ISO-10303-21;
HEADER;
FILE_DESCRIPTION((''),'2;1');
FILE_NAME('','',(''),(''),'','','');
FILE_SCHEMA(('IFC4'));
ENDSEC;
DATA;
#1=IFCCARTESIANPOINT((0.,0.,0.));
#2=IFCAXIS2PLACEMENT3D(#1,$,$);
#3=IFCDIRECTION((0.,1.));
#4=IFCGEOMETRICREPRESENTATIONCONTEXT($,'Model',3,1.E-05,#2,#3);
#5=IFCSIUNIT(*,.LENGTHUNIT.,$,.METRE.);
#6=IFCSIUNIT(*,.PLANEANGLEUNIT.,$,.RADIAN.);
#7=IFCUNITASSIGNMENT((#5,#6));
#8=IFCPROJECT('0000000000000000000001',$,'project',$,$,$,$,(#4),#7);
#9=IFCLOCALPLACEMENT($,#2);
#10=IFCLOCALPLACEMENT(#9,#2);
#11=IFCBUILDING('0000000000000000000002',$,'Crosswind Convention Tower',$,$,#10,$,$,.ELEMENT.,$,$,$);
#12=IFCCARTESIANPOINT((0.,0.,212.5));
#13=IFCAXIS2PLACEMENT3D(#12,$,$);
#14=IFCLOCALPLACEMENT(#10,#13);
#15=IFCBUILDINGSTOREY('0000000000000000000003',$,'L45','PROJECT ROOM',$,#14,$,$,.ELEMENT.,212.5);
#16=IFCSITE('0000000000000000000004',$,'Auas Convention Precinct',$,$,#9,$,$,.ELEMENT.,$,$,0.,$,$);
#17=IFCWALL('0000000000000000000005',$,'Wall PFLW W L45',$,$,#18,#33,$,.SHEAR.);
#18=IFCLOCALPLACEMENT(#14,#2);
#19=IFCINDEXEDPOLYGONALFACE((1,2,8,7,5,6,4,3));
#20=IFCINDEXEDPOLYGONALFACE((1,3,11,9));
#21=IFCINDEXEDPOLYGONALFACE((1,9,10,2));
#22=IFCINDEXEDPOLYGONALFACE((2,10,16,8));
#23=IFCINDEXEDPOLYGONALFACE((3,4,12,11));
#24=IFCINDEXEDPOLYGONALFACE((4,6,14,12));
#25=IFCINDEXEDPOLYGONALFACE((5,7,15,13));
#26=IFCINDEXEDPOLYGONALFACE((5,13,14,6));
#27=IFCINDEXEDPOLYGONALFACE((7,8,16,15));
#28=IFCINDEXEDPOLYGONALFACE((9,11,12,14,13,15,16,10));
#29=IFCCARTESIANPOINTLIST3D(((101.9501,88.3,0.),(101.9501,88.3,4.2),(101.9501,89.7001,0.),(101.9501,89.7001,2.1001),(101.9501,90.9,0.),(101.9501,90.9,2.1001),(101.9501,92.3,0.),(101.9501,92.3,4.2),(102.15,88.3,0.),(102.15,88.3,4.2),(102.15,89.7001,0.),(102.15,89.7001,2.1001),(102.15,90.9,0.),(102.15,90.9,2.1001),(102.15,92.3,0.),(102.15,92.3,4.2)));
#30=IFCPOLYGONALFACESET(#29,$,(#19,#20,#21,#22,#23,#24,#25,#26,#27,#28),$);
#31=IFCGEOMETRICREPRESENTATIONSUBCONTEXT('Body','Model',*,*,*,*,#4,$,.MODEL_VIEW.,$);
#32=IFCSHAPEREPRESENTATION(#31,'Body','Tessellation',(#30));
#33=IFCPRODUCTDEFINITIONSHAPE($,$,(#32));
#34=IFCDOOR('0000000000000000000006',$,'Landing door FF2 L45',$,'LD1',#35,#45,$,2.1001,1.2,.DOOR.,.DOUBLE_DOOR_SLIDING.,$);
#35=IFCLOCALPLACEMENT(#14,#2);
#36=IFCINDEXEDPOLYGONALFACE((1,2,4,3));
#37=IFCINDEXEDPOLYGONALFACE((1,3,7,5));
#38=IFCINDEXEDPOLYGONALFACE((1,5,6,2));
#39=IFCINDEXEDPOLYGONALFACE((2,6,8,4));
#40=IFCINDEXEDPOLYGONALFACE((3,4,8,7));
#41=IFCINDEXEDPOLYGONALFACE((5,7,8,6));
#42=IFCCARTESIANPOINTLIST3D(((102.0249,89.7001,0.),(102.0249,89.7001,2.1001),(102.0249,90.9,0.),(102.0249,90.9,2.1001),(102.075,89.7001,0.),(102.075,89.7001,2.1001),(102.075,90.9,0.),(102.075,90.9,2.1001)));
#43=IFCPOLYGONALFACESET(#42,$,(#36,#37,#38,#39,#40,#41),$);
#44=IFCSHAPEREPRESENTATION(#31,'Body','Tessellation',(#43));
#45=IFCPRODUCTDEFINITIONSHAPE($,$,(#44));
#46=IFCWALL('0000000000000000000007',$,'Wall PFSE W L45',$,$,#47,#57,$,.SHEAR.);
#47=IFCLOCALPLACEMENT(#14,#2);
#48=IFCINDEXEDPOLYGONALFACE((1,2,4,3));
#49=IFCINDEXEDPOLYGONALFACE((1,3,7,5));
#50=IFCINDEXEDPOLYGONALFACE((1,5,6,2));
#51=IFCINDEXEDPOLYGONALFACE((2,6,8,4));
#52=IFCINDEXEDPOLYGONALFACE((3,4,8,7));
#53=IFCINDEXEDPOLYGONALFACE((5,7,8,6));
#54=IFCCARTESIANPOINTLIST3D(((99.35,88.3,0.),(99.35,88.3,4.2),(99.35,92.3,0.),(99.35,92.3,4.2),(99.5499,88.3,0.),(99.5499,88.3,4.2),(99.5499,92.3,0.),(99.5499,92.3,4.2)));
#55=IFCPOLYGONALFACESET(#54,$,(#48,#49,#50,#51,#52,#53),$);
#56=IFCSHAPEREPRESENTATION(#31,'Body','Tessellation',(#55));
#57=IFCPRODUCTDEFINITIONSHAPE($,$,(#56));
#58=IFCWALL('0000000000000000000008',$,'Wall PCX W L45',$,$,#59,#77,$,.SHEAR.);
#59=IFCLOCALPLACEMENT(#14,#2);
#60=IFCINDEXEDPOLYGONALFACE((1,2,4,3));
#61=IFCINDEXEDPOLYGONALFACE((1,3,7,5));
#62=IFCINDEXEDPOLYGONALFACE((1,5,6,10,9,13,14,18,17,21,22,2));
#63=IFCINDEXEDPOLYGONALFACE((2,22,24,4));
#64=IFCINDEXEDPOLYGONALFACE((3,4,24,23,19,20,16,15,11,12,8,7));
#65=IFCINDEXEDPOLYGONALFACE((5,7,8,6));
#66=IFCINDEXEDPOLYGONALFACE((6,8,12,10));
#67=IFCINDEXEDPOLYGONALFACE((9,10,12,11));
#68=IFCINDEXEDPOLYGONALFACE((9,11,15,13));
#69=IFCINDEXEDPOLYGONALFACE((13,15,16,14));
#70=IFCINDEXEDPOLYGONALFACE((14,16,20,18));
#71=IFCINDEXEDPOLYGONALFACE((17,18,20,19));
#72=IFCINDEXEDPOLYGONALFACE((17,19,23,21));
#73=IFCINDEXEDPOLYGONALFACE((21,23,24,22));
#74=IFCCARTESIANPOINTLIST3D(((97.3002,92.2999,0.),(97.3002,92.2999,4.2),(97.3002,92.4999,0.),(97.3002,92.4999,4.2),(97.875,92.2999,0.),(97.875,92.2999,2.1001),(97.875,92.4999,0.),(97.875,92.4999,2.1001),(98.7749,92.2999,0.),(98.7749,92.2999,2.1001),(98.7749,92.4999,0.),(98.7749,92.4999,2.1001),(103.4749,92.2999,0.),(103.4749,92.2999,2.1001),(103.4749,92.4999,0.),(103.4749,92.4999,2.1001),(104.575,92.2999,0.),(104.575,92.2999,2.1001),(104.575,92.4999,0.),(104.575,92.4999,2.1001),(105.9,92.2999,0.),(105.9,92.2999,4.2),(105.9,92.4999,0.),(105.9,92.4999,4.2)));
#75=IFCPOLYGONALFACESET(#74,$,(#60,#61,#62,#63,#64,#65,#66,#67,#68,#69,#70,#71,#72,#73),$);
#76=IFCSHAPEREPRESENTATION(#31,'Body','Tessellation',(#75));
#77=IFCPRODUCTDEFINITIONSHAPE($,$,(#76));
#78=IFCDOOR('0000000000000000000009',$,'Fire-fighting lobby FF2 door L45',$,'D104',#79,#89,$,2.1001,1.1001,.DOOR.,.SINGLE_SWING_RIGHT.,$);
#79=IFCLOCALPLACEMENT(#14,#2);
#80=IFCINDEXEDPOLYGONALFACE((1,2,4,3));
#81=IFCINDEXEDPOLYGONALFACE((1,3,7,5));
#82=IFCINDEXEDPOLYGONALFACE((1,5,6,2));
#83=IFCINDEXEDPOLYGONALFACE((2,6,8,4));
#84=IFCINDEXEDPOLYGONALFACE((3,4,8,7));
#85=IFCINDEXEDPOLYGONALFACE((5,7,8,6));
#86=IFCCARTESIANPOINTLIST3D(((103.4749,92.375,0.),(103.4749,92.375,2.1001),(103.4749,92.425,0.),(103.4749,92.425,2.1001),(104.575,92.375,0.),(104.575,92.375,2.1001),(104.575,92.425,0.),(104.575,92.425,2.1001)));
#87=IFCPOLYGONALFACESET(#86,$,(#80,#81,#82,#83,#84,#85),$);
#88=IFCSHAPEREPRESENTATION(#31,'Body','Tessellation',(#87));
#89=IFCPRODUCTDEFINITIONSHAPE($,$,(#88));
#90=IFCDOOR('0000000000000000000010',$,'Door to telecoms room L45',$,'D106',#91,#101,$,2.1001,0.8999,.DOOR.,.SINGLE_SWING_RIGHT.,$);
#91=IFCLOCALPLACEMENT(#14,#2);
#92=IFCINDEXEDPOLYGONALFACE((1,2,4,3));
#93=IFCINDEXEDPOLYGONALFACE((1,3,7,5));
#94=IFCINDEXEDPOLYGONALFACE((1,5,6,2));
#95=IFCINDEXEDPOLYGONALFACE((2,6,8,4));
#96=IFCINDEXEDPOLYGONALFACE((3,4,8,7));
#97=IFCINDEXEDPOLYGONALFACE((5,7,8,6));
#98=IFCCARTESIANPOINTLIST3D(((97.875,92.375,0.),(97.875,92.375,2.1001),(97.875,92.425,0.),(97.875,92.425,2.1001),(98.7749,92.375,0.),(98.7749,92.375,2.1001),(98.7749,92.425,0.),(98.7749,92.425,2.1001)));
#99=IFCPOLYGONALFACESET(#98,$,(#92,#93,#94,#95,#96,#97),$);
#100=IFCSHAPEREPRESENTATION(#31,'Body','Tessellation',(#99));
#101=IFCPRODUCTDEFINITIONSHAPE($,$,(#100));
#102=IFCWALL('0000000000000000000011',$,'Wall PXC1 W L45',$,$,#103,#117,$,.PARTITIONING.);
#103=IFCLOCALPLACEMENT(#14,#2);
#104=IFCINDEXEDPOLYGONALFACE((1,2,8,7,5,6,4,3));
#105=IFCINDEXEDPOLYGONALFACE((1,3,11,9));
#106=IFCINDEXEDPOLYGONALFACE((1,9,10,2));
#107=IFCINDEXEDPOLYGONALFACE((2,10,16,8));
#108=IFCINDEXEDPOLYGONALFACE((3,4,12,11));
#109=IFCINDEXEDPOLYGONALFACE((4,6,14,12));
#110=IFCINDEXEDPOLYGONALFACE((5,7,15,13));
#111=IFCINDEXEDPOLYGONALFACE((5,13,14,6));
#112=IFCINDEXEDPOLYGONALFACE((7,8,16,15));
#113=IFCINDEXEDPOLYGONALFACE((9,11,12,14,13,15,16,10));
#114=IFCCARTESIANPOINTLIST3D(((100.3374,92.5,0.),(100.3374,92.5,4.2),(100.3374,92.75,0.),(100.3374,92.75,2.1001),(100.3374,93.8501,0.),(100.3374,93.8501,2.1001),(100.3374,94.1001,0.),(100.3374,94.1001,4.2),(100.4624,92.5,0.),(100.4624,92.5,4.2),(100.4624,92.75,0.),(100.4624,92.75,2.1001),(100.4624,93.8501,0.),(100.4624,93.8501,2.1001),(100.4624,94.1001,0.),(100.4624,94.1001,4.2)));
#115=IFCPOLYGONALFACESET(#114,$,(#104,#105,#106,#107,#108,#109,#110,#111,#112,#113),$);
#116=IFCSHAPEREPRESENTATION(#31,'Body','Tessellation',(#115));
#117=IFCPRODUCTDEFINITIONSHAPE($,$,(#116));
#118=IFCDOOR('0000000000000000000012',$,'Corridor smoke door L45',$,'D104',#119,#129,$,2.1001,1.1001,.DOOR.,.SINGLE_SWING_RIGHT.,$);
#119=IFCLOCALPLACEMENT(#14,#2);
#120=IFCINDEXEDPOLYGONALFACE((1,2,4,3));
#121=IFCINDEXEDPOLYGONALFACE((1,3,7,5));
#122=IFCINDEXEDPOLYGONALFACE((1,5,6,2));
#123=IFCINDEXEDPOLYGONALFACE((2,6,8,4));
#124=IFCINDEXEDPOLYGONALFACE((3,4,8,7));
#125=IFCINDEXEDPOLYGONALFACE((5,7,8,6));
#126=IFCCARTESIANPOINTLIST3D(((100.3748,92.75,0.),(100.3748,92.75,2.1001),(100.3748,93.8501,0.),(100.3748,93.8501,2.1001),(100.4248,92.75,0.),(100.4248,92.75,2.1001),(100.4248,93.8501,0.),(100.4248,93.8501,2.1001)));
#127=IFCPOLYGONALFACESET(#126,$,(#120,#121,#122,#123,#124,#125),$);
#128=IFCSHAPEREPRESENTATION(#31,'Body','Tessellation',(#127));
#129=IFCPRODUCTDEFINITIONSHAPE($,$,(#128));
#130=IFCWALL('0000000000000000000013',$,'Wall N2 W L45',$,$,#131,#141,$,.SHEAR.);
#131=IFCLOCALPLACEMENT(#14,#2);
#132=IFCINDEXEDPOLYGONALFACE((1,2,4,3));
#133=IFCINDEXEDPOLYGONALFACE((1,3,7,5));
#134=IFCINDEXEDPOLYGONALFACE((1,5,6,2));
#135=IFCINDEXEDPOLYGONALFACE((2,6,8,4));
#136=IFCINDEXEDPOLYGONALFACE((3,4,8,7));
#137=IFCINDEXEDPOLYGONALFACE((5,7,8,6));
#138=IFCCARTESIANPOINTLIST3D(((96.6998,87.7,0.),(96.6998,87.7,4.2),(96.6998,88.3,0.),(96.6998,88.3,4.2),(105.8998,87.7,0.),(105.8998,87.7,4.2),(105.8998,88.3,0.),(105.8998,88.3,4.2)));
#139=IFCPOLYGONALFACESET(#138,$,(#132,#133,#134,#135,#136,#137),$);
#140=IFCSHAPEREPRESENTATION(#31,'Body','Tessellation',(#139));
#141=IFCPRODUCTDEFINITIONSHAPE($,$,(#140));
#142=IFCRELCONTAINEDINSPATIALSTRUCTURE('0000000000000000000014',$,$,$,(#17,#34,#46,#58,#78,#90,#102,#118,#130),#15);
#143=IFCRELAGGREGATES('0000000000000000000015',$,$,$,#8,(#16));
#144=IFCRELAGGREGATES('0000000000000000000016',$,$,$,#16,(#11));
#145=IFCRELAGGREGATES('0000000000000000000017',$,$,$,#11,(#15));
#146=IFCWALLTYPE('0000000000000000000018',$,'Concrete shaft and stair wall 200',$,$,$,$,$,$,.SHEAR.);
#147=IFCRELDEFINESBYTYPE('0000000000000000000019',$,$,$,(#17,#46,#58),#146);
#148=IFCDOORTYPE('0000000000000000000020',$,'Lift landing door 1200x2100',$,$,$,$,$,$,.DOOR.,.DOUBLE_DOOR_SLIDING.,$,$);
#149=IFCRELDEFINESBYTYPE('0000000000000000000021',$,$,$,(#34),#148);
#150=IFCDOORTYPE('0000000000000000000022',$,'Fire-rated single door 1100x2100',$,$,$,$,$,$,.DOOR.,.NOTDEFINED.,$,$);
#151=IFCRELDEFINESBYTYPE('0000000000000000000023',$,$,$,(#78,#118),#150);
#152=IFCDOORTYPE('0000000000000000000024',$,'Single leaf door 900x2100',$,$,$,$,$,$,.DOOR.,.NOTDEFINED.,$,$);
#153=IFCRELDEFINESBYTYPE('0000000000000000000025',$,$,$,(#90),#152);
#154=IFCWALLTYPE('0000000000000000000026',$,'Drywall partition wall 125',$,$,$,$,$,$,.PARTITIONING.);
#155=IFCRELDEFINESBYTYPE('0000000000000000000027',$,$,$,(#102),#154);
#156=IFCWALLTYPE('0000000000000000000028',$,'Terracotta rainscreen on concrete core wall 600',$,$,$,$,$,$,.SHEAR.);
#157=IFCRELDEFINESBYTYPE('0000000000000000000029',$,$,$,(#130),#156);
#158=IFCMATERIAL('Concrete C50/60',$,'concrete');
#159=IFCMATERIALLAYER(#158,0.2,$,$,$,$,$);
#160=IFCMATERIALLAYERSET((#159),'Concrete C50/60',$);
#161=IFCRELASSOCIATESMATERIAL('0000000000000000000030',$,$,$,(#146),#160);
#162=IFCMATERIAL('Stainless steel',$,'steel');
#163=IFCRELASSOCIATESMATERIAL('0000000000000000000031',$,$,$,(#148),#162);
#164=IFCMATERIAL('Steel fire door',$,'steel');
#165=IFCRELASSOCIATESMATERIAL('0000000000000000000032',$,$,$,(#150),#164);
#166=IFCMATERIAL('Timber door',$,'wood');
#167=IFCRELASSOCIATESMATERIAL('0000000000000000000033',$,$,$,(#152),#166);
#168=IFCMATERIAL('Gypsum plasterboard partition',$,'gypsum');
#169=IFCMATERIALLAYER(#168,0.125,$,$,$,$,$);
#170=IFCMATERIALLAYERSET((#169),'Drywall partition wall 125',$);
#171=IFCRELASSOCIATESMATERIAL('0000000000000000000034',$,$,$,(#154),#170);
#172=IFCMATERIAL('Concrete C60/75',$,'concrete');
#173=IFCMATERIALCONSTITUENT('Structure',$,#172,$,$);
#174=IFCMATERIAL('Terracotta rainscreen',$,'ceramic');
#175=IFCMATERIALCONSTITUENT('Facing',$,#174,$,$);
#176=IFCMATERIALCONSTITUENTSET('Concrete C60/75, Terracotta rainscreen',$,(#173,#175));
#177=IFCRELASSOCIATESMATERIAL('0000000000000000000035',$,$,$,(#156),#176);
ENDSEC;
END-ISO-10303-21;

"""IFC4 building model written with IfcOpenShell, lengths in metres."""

from ifc_helpers import new_model, si_unit, direction, frame, frame_2d, origin, place, context, subcontext, project, spatial, rectangle, extrude, material, layer, layer_set, constituent, constituent_set, type_object, element, fill, save


model = new_model("IFC4")

# Units and contexts
model_context = context("Model", 3, precision=1e-05, world=origin(), true_north=direction((0.0, 1.0)))
body_context = subcontext(model_context, "Body", "Model", "MODEL_VIEW")
ifc_project = project(units=[si_unit("LENGTHUNIT", "METRE"), si_unit("PLANEANGLEUNIT", "RADIAN")], contexts=[model_context])

# Site, building, storey
site_placement = place(None, origin())
site = spatial("IfcSite", under=ifc_project, at=site_placement, Name="Auas Convention Precinct", CompositionType="ELEMENT", RefElevation=0.0)
building_placement = place(site_placement, origin())
building = spatial("IfcBuilding", under=site, at=building_placement, Name="Crosswind Convention Tower", CompositionType="ELEMENT")
storey_placement = place(building_placement, frame((0.0, 0.0, 212.5)))
storey = spatial("IfcBuildingStorey", under=building, at=storey_placement, Name="L45", Description="PROJECT ROOM", CompositionType="ELEMENT", Elevation=212.5)

# Shared definitions
ifc_material_1 = material(Name="Concrete C50/60", Category="concrete")
ifc_layer_1 = layer(ifc_material_1, 0.2)
ifc_layer_set_1 = layer_set([ifc_layer_1], Name="Concrete C50/60")
wall_type_1 = type_object("IfcWallType", Name="Concrete shaft and stair wall 200", PredefinedType="SHEAR", material=ifc_layer_set_1)

# Wall, opening, door
wall_1_placement = place(storey_placement, frame((102.05, 92.3, 0.0), z_axis=(0.0, 0.0, 1.0), x_axis=(0.0, -1.0, 0.0)))
wall_1 = element("IfcWall", 1, at=wall_1_placement, inside=storey, type_object=wall_type_1, Name="Wall PFLW W L45", PredefinedType="SHEAR", context=body_context, shape_type="SweptSolid", body=[
    extrude(rectangle(XDim=4.0, YDim=0.2, at=frame_2d((2.0, 0.0))), origin(), (0.0, 0.0, 1.0), 4.2),
])
opening_1_placement = place(wall_1_placement, frame((1.3999, 0.0, 0.0)))
opening_1 = element("IfcOpeningElement", 2, at=opening_1_placement, cuts=wall_1, PredefinedType="OPENING", context=body_context, shape_type="SweptSolid", body=[
    extrude(rectangle(XDim=1.2, YDim=2.1001, at=frame_2d((0.6001, 1.05))), frame((0.0, 0.1099, 0.0), z_axis=(0.0, -1.0, 0.0), x_axis=(1.0, 0.0, 0.0)), (0.0, 0.0, 1.0), 0.22),
])
ifc_material_2 = material(Name="Stainless steel", Category="steel")
door_type_1 = type_object("IfcDoorType", Name="Lift landing door 1200x2100", OperationType="DOUBLE_DOOR_SLIDING", PredefinedType="DOOR", material=ifc_material_2)
door_1_placement = place(opening_1_placement, origin())
door_1 = element("IfcDoor", 3, at=door_1_placement, inside=storey, type_object=door_type_1, Name="Landing door FF2 L45", ObjectType="LD1", OperationType="DOUBLE_DOOR_SLIDING", OverallHeight=2.1001, OverallWidth=1.2, PredefinedType="DOOR", context=body_context, shape_type="SweptSolid", body=[
    extrude(rectangle(XDim=1.2, YDim=2.1001, at=frame_2d((0.6001, 1.05))), frame((0.0, 0.0249, 0.0), z_axis=(0.0, -1.0, 0.0), x_axis=(1.0, 0.0, 0.0)), (0.0, 0.0, 1.0), 0.05),
])
fill(opening_1, door_1)

# Wall
wall_2_placement = place(storey_placement, frame((99.45, 92.3, 0.0), z_axis=(0.0, 0.0, 1.0), x_axis=(0.0, -1.0, 0.0)))
element("IfcWall", 4, at=wall_2_placement, inside=storey, type_object=wall_type_1, Name="Wall PFSE W L45", PredefinedType="SHEAR", context=body_context, shape_type="SweptSolid", body=[
    extrude(rectangle(XDim=4.0, YDim=0.2, at=frame_2d((2.0, 0.0))), origin(), (0.0, 0.0, 1.0), 4.2),
])

# Wall, openings, doors
wall_3_placement = place(storey_placement, frame((105.8999, 92.3999, 0.0), z_axis=(0.0, 0.0, 1.0), x_axis=(-1.0, 0.0, 0.0)))
wall_3 = element("IfcWall", 5, at=wall_3_placement, inside=storey, type_object=wall_type_1, Name="Wall PCX W L45", PredefinedType="SHEAR", context=body_context, shape_type="SweptSolid", body=[
    extrude(rectangle(XDim=8.5999, YDim=0.2, at=frame_2d((4.2998, 0.0))), origin(), (0.0, 0.0, 1.0), 4.2),
])
opening_2_placement = place(wall_3_placement, frame((1.325, 0.0, 0.0)))
opening_2 = element("IfcOpeningElement", 6, at=opening_2_placement, cuts=wall_3, PredefinedType="OPENING", context=body_context, shape_type="SweptSolid", body=[
    extrude(rectangle(XDim=1.1001, YDim=2.1001, at=frame_2d((0.55, 1.05))), frame((0.0, 0.1099, 0.0), z_axis=(0.0, -1.0, 0.0), x_axis=(1.0, 0.0, 0.0)), (0.0, 0.0, 1.0), 0.22),
])
opening_3_placement = place(wall_3_placement, frame((7.125, 0.0, 0.0)))
opening_3 = element("IfcOpeningElement", 7, at=opening_3_placement, cuts=wall_3, PredefinedType="OPENING", context=body_context, shape_type="SweptSolid", body=[
    extrude(rectangle(XDim=0.8999, YDim=2.1001, at=frame_2d((0.45, 1.05))), frame((0.0, 0.1099, 0.0), z_axis=(0.0, -1.0, 0.0), x_axis=(1.0, 0.0, 0.0)), (0.0, 0.0, 1.0), 0.22),
])
ifc_material_3 = material(Name="Steel fire door", Category="steel")
door_type_2 = type_object("IfcDoorType", Name="Fire-rated single door 1100x2100", OperationType="NOTDEFINED", PredefinedType="DOOR", material=ifc_material_3)
door_2_placement = place(opening_2_placement, origin())
door_2 = element("IfcDoor", 8, at=door_2_placement, inside=storey, type_object=door_type_2, Name="Fire-fighting lobby FF2 door L45", ObjectType="D104", OperationType="SINGLE_SWING_RIGHT", OverallHeight=2.1001, OverallWidth=1.1001, PredefinedType="DOOR", context=body_context, shape_type="SweptSolid", body=[
    extrude(rectangle(XDim=1.1001, YDim=2.1001, at=frame_2d((0.55, 1.05))), frame((0.0, 0.0249, 0.0), z_axis=(0.0, -1.0, 0.0), x_axis=(1.0, 0.0, 0.0)), (0.0, 0.0, 1.0), 0.05),
])
fill(opening_2, door_2)
ifc_material_4 = material(Name="Timber door", Category="wood")
door_type_3 = type_object("IfcDoorType", Name="Single leaf door 900x2100", OperationType="NOTDEFINED", PredefinedType="DOOR", material=ifc_material_4)
door_3_placement = place(opening_3_placement, origin())
door_3 = element("IfcDoor", 9, at=door_3_placement, inside=storey, type_object=door_type_3, Name="Door to telecoms room L45", ObjectType="D106", OperationType="SINGLE_SWING_RIGHT", OverallHeight=2.1001, OverallWidth=0.8999, PredefinedType="DOOR", context=body_context, shape_type="SweptSolid", body=[
    extrude(rectangle(XDim=0.8999, YDim=2.1001, at=frame_2d((0.45, 1.05))), frame((0.0, 0.0249, 0.0), z_axis=(0.0, -1.0, 0.0), x_axis=(1.0, 0.0, 0.0)), (0.0, 0.0, 1.0), 0.05),
])
fill(opening_3, door_3)

# Wall, opening, door
ifc_material_5 = material(Name="Gypsum plasterboard partition", Category="gypsum")
ifc_layer_2 = layer(ifc_material_5, 0.125)
ifc_layer_set_2 = layer_set([ifc_layer_2], Name="Drywall partition wall 125")
wall_type_2 = type_object("IfcWallType", Name="Drywall partition wall 125", PredefinedType="PARTITIONING", material=ifc_layer_set_2)
wall_4_placement = place(storey_placement, frame((100.3999, 94.1001, 0.0), z_axis=(0.0, 0.0, 1.0), x_axis=(0.0, -1.0, 0.0)))
wall_4 = element("IfcWall", 10, at=wall_4_placement, inside=storey, type_object=wall_type_2, Name="Wall PXC1 W L45", PredefinedType="PARTITIONING", context=body_context, shape_type="SweptSolid", body=[
    extrude(rectangle(XDim=1.6001, YDim=0.125, at=frame_2d((0.8, 0.0))), origin(), (0.0, 0.0, 1.0), 4.2),
])
opening_4_placement = place(wall_4_placement, frame((0.25, 0.0, 0.0)))
opening_4 = element("IfcOpeningElement", 11, at=opening_4_placement, cuts=wall_4, PredefinedType="OPENING", context=body_context, shape_type="SweptSolid", body=[
    extrude(rectangle(XDim=1.1001, YDim=2.1001, at=frame_2d((0.55, 1.05))), frame((0.0, 0.0725, 0.0), z_axis=(0.0, -1.0, 0.0), x_axis=(1.0, 0.0, 0.0)), (0.0, 0.0, 1.0), 0.145),
])
door_4_placement = place(opening_4_placement, origin())
door_4 = element("IfcDoor", 12, at=door_4_placement, inside=storey, type_object=door_type_2, Name="Corridor smoke door L45", ObjectType="D104", OperationType="SINGLE_SWING_RIGHT", OverallHeight=2.1001, OverallWidth=1.1001, PredefinedType="DOOR", context=body_context, shape_type="SweptSolid", body=[
    extrude(rectangle(XDim=1.1001, YDim=2.1001, at=frame_2d((0.55, 1.05))), frame((0.0, 0.0249, 0.0), z_axis=(0.0, -1.0, 0.0), x_axis=(1.0, 0.0, 0.0)), (0.0, 0.0, 1.0), 0.05),
])
fill(opening_4, door_4)

# Wall
ifc_material_6 = material(Name="Concrete C60/75", Category="concrete")
ifc_constituent_1 = constituent(ifc_material_6, Name="Structure")
ifc_material_7 = material(Name="Terracotta rainscreen", Category="ceramic")
ifc_constituent_2 = constituent(ifc_material_7, Name="Facing")
ifc_constituent_set = constituent_set(constituents=[ifc_constituent_1, ifc_constituent_2], Name="Concrete C60/75, Terracotta rainscreen")
wall_type_3 = type_object("IfcWallType", Name="Terracotta rainscreen on concrete core wall 600", PredefinedType="SHEAR", material=ifc_constituent_set)
wall_5_placement = place(storey_placement, frame((105.8999, 88.0, 0.0), z_axis=(0.0, 0.0, 1.0), x_axis=(-1.0, 0.0, 0.0)))
element("IfcWall", 13, at=wall_5_placement, inside=storey, type_object=wall_type_3, Name="Wall N2 W L45", PredefinedType="SHEAR", context=body_context, shape_type="SweptSolid", body=[
    extrude(rectangle(XDim=9.2, YDim=0.6001, at=frame_2d((4.6001, 0.0))), origin(), (0.0, 0.0, 1.0), 4.2),
])

save(model, "model.ifc")
